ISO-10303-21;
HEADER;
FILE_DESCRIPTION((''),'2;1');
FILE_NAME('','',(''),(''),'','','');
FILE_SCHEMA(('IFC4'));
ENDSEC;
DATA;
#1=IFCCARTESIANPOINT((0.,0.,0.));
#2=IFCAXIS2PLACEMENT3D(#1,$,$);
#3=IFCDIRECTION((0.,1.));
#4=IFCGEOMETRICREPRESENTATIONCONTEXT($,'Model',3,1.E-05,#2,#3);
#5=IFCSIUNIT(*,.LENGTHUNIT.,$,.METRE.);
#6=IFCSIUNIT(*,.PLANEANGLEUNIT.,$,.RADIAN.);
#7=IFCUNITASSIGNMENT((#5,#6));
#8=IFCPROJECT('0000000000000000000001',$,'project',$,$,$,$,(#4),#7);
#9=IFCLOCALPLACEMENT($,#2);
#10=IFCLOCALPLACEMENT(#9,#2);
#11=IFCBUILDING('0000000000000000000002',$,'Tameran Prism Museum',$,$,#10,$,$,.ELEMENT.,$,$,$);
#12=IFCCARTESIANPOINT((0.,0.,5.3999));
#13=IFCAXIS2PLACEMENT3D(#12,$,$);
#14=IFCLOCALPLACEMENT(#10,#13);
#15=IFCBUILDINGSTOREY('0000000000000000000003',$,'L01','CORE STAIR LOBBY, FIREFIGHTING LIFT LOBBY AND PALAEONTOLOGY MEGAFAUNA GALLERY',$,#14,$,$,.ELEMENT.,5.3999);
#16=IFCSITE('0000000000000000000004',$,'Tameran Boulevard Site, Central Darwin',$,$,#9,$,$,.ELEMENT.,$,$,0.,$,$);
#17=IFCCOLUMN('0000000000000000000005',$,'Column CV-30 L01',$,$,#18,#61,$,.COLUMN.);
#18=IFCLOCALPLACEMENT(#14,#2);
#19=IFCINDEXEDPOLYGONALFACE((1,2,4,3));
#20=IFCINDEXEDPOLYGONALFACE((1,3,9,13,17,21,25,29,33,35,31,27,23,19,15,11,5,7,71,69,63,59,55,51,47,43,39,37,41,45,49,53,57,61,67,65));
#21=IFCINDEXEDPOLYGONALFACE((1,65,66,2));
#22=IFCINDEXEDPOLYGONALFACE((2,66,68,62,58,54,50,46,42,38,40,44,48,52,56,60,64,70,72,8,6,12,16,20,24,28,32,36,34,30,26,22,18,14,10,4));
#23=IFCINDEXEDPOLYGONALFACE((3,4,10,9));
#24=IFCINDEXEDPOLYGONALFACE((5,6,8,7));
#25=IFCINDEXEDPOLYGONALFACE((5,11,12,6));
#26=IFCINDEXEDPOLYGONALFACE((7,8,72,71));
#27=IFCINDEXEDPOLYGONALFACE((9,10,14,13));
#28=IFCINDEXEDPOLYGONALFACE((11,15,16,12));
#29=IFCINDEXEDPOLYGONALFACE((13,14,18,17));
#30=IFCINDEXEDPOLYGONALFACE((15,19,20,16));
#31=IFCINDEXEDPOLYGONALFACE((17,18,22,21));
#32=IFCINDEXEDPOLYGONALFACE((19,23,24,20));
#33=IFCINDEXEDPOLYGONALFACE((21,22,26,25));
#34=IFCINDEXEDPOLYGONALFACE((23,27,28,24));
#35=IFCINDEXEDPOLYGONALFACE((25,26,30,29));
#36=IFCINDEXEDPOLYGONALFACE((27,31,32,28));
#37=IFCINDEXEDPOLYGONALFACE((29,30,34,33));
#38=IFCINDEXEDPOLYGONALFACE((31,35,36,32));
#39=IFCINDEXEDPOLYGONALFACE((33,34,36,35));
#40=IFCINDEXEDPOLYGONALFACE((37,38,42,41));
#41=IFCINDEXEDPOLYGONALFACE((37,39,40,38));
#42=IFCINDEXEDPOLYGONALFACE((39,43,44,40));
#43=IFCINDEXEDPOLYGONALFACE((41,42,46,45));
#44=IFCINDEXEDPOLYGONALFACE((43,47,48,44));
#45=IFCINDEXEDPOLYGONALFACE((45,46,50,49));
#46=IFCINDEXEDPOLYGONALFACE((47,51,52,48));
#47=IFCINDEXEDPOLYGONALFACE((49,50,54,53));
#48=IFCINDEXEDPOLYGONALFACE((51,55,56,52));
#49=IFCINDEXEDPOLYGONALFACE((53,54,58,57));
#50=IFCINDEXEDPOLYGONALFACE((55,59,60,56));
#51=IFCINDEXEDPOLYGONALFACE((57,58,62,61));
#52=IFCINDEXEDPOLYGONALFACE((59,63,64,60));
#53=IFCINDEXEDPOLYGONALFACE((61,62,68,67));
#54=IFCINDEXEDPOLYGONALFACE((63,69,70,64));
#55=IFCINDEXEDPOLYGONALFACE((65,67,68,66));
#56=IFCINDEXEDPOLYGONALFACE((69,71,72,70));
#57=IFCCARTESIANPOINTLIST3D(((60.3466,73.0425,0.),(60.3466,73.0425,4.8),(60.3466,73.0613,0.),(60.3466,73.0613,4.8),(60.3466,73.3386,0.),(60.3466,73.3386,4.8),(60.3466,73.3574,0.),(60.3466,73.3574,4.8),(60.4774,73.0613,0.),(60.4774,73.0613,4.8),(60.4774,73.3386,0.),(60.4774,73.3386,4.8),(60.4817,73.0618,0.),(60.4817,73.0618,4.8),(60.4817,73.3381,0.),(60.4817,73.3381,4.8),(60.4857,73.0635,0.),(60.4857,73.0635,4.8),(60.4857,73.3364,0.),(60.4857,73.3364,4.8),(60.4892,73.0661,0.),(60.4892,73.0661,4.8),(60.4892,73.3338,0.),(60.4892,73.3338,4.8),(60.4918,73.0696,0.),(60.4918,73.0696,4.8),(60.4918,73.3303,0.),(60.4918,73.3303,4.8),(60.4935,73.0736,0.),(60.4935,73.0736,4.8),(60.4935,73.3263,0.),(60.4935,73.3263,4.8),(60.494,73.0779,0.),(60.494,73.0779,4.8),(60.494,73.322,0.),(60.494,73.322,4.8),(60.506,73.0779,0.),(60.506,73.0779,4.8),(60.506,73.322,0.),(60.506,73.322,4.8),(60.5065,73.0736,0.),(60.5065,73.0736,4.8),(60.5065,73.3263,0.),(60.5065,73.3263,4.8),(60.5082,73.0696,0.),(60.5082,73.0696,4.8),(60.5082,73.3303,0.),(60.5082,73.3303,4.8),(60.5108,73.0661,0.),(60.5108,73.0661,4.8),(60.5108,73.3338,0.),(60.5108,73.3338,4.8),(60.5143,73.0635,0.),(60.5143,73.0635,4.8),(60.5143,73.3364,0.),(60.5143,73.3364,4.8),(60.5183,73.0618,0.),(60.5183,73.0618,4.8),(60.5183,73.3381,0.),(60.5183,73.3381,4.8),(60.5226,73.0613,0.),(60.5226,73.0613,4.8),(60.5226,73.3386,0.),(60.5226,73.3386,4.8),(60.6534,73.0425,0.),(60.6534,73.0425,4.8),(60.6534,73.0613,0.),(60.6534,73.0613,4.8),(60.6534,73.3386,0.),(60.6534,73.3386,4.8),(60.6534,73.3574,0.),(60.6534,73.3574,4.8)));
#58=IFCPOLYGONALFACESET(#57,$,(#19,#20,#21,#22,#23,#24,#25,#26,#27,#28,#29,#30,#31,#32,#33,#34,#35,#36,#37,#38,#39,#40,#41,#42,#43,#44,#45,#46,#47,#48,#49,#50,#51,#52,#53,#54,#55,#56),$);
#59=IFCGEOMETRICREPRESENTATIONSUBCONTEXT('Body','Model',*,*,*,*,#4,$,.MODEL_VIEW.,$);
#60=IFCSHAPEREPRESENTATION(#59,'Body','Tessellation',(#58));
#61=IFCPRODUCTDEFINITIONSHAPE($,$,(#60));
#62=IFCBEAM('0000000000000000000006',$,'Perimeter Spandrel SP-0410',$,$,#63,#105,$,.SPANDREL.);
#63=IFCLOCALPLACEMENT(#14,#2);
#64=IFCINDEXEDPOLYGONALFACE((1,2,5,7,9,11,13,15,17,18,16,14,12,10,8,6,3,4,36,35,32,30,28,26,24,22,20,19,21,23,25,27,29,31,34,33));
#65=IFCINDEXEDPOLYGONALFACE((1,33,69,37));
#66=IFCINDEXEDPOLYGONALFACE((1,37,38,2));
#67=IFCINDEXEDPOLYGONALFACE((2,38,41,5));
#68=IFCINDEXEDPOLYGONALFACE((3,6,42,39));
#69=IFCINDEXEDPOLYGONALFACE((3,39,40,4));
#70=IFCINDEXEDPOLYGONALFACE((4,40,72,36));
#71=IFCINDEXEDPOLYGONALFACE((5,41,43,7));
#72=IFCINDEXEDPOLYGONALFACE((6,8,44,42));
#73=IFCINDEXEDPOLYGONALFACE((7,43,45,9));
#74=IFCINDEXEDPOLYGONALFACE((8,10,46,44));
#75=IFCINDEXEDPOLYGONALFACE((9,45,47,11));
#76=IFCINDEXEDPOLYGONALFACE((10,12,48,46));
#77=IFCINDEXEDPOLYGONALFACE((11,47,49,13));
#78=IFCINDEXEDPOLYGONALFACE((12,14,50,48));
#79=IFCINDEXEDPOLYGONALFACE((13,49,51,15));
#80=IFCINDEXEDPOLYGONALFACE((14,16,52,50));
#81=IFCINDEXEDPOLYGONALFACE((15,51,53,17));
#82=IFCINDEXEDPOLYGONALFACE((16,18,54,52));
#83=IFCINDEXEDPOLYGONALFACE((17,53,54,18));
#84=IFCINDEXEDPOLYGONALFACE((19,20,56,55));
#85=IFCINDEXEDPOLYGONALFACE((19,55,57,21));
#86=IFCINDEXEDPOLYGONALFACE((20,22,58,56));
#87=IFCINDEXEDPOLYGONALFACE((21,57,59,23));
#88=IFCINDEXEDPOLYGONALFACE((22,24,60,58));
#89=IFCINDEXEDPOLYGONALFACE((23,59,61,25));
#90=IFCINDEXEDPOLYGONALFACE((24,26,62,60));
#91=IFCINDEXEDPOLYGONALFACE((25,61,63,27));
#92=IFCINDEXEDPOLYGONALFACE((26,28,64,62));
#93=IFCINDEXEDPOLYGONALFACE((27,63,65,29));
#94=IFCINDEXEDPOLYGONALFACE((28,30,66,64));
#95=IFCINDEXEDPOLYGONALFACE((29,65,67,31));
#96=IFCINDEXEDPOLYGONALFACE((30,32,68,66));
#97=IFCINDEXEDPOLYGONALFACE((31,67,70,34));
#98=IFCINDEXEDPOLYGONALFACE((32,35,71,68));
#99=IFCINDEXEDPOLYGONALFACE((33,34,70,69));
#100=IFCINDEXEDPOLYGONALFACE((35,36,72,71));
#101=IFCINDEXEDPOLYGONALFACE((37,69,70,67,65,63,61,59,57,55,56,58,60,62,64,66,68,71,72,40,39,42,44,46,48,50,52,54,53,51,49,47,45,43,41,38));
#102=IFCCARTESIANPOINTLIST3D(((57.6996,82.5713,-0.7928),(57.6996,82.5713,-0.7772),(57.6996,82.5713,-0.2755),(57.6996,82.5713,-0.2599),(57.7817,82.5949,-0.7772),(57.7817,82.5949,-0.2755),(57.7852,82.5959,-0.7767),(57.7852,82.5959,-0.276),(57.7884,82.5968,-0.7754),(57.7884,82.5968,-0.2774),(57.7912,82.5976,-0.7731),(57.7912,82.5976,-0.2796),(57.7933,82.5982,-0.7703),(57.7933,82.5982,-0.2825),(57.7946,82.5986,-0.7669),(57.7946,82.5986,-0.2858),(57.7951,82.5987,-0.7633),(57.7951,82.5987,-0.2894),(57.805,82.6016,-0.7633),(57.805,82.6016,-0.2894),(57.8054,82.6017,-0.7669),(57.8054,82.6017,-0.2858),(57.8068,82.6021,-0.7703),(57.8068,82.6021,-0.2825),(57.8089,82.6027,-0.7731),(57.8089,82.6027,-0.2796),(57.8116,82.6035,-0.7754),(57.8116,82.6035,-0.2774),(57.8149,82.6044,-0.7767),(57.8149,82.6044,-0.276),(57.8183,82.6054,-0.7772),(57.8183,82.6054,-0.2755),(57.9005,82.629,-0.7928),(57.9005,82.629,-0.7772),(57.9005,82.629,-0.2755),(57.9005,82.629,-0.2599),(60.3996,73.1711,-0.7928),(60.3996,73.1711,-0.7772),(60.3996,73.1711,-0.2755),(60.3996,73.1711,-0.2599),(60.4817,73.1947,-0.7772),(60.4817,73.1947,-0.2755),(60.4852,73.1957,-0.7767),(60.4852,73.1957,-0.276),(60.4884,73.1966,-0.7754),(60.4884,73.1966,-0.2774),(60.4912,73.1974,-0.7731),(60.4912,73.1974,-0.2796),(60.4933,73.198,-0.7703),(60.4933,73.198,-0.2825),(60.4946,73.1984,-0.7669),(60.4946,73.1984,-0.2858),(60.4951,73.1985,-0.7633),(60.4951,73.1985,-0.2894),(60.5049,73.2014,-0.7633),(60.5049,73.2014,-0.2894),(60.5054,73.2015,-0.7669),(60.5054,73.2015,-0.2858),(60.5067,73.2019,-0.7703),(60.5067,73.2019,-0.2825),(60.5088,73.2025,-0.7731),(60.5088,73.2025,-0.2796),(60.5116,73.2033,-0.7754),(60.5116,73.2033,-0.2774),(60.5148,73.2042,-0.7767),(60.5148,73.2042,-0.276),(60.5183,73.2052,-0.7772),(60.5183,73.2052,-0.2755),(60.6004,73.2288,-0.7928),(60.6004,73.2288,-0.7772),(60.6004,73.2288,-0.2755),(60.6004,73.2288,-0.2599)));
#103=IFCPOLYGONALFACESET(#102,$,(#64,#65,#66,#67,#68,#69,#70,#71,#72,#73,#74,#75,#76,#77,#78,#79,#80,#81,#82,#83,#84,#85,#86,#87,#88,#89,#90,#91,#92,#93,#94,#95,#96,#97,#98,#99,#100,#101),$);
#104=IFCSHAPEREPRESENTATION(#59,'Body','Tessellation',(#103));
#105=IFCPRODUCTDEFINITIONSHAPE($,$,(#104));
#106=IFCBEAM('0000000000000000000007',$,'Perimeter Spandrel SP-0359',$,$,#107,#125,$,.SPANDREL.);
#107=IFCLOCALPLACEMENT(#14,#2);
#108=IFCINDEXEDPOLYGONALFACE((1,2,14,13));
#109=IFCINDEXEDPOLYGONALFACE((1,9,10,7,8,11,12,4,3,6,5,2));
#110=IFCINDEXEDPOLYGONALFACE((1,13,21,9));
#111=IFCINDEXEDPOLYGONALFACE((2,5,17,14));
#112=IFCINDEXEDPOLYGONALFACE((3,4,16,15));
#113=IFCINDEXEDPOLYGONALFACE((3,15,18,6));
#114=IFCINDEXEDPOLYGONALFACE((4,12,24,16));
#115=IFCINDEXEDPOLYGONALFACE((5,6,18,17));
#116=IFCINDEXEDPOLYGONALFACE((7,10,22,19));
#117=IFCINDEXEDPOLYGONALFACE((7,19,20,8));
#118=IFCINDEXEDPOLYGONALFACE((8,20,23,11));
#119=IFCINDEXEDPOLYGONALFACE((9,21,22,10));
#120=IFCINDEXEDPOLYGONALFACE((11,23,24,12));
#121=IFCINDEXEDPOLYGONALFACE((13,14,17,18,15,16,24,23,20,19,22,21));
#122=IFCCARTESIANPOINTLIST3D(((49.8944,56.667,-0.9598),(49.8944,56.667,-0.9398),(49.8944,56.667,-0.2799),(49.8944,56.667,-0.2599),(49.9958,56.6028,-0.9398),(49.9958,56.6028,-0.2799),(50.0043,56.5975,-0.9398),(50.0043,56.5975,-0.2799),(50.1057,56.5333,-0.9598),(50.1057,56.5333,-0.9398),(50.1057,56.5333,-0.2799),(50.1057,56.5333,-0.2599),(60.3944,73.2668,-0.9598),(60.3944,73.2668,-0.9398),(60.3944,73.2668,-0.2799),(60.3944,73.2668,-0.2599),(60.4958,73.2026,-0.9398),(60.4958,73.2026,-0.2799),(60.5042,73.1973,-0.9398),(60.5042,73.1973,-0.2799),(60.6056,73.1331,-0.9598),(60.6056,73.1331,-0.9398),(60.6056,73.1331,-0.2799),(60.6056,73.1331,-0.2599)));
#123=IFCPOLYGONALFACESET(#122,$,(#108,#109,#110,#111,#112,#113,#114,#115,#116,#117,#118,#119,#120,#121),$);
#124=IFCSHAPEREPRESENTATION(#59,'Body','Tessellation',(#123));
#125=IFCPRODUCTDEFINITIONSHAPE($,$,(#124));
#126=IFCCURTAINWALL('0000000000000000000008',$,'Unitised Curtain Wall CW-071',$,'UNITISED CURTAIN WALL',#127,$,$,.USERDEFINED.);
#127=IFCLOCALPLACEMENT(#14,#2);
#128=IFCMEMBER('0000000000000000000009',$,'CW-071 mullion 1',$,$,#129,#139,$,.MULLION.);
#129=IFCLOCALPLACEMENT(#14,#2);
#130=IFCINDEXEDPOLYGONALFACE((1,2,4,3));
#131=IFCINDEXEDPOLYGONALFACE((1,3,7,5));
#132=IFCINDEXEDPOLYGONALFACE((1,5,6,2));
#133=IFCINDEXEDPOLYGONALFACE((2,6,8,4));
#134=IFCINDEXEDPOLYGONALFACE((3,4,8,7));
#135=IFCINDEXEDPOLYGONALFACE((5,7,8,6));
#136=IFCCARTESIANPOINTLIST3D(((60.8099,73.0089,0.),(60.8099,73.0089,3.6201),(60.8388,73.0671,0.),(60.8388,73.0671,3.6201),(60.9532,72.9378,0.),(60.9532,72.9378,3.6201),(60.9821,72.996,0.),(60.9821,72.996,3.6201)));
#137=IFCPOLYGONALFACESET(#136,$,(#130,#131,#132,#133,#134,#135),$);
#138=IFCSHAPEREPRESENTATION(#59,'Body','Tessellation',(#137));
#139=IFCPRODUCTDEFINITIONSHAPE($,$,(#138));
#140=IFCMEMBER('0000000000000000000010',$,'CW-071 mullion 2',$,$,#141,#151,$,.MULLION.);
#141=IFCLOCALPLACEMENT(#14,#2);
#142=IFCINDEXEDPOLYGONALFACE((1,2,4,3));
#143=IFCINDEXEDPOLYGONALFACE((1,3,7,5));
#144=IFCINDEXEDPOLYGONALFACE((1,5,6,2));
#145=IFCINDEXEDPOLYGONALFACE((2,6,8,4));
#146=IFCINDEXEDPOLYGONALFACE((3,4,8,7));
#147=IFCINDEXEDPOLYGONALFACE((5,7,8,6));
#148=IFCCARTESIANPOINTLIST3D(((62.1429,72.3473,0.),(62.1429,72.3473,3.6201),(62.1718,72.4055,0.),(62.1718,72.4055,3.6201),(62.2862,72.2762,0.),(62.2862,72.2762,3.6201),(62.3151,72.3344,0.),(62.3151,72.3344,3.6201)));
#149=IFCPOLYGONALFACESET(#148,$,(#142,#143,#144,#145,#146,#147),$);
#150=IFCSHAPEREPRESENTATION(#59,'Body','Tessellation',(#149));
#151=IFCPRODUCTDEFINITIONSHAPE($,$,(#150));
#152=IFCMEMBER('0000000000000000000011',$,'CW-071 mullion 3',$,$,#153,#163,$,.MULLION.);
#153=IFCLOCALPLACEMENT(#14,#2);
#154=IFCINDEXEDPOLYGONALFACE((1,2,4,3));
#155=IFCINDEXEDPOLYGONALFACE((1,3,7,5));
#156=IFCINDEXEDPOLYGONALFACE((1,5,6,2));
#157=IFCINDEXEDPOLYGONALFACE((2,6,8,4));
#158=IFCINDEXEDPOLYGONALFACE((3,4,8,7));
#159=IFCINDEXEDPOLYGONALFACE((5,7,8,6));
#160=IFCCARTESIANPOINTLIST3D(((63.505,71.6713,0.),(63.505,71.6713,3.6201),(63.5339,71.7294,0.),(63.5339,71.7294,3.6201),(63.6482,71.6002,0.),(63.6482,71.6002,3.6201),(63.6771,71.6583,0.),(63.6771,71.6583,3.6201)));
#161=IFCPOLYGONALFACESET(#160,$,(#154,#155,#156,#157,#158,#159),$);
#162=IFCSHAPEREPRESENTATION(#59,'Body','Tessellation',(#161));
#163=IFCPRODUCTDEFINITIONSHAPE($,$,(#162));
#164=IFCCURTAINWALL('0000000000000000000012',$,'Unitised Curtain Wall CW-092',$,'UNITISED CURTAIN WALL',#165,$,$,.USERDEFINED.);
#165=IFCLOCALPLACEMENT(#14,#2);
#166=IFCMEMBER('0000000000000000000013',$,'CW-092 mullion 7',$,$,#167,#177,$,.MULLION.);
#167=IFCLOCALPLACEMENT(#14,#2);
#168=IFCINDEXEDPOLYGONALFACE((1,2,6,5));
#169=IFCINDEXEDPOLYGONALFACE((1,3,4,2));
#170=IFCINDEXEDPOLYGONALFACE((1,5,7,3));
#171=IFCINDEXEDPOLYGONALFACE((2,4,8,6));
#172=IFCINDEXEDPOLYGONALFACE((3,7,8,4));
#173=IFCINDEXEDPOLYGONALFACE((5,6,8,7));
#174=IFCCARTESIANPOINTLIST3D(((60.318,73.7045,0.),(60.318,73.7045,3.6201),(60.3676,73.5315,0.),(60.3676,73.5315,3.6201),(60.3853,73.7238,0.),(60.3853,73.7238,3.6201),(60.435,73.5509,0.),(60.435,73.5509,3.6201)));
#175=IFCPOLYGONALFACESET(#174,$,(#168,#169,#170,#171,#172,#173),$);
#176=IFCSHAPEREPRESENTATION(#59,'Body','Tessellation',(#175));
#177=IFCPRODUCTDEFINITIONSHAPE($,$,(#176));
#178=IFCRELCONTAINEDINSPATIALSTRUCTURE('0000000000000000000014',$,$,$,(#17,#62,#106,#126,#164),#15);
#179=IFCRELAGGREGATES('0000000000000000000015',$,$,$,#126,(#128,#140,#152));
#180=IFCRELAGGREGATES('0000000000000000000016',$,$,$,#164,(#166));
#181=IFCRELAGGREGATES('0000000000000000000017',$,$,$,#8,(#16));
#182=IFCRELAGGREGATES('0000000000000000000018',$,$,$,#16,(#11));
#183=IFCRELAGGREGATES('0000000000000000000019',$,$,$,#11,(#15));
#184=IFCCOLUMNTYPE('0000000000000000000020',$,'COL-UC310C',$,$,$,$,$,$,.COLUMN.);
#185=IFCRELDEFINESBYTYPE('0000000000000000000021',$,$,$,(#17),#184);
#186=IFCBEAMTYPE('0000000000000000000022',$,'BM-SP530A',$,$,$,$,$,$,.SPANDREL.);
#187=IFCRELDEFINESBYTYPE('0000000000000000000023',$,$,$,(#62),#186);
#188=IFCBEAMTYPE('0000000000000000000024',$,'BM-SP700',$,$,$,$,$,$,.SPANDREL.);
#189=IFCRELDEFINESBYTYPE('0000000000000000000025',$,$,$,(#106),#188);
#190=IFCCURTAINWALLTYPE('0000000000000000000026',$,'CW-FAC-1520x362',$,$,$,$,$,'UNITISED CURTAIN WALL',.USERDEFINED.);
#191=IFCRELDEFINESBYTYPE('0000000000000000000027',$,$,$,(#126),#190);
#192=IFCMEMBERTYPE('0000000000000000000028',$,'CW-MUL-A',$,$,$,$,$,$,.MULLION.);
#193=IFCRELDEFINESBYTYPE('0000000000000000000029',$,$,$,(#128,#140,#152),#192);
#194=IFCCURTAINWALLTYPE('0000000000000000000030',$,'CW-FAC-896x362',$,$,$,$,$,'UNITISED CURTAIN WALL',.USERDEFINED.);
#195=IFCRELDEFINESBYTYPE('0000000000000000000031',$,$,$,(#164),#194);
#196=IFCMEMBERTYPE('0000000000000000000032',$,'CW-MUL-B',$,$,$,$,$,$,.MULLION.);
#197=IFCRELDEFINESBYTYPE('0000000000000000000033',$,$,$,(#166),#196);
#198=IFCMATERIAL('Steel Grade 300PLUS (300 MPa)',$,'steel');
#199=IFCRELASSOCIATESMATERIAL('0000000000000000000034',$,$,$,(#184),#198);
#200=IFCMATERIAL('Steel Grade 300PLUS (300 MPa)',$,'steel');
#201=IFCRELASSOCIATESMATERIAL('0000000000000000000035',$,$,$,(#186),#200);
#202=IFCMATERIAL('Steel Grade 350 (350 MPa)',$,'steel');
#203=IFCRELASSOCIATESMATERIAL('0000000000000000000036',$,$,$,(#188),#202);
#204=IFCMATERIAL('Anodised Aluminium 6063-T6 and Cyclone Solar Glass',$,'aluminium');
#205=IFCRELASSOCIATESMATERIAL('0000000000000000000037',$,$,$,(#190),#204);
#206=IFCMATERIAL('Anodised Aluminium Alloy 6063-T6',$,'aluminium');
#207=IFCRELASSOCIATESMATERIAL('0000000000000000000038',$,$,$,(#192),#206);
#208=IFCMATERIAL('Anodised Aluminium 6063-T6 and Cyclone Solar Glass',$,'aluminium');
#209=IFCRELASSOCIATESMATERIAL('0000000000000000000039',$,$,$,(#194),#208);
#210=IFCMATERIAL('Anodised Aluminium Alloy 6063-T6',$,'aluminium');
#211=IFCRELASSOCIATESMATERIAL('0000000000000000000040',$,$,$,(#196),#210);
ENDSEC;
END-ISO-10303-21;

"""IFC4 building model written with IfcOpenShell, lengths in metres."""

from ifc_helpers import new_model, si_unit, direction, frame, origin, origin_2d, place, context, subcontext, project, spatial, rectangle, i_section, extrude, material, material_profile, profile_set, type_object, element, aggregate, save


model = new_model("IFC4")

# Units and contexts
model_context = context("Model", 3, precision=1e-05, world=origin(), true_north=direction((0.0, 1.0)))
body_context = subcontext(model_context, "Body", "Model", "MODEL_VIEW")
ifc_project = project(units=[si_unit("LENGTHUNIT", "METRE"), si_unit("PLANEANGLEUNIT", "RADIAN")], contexts=[model_context])

# Site, building, storey
site_placement = place(None, origin())
site = spatial("IfcSite", under=ifc_project, at=site_placement, Name="Tameran Boulevard Site, Central Darwin", CompositionType="ELEMENT", RefElevation=0.0)
building_placement = place(site_placement, origin())
building = spatial("IfcBuilding", under=site, at=building_placement, Name="Tameran Prism Museum", CompositionType="ELEMENT")
storey_placement = place(building_placement, frame((0.0, 0.0, 5.3999)))
storey = spatial("IfcBuildingStorey", under=building, at=storey_placement, Name="L01", Description="CORE STAIR LOBBY, FIREFIGHTING LIFT LOBBY AND PALAEONTOLOGY MEGAFAUNA GALLERY", CompositionType="ELEMENT", Elevation=5.3999)

# Column
ifc_material_1 = material(Name="Steel Grade 300PLUS (300 MPa)", Category="steel")
ifc_material_profile_1 = material_profile(ifc_material_1, i_section(OverallWidth=0.3069, OverallDepth=0.3149, WebThickness=0.012, FlangeThickness=0.0188, FilletRadius=0.0166, at=origin_2d()))
ifc_profile_set_1 = profile_set([ifc_material_profile_1])
column_type = type_object("IfcColumnType", Name="COL-UC310C", PredefinedType="COLUMN", material=ifc_profile_set_1)
column_placement = place(storey_placement, frame((60.5, 73.2, 0.0), z_axis=(0.0, 0.0, 1.0), x_axis=(1.0, 0.0, 0.0)))
element("IfcColumn", 1, at=column_placement, inside=storey, type_object=column_type, Name="Column CV-30 L01", PredefinedType="COLUMN", context=body_context, shape_type="SweptSolid", body=[
    extrude(i_section(OverallWidth=0.3069, OverallDepth=0.3149, WebThickness=0.012, FlangeThickness=0.0188, FilletRadius=0.0166, at=origin_2d()), origin(), (0.0, 0.0, 1.0), 4.8),
])

# Beams
ifc_material_2 = material(Name="Steel Grade 300PLUS (300 MPa)", Category="steel")
ifc_material_profile_2 = material_profile(ifc_material_2, i_section(OverallWidth=0.209, OverallDepth=0.533, WebThickness=0.0103, FlangeThickness=0.0156, FilletRadius=0.0139, at=origin_2d()))
ifc_profile_set_2 = profile_set([ifc_material_profile_2])
beam_type_1 = type_object("IfcBeamType", Name="BM-SP530A", PredefinedType="SPANDREL", material=ifc_profile_set_2)
beam_1_placement = place(storey_placement, frame((60.5, 73.2, -0.5264), z_axis=(-0.276063, 0.96114, 0.0), x_axis=(-0.96114, -0.276063, 0.0)))
element("IfcBeam", 2, at=beam_1_placement, inside=storey, type_object=beam_type_1, Name="Perimeter Spandrel SP-0410", PredefinedType="SPANDREL", context=body_context, shape_type="SweptSolid", body=[
    extrude(i_section(OverallWidth=0.209, OverallDepth=0.533, WebThickness=0.0103, FlangeThickness=0.0156, FilletRadius=0.0139, at=origin_2d()), origin(), (0.0, 0.0, 1.0), 9.7803),
])
ifc_material_3 = material(Name="Steel Grade 350 (350 MPa)", Category="steel")
ifc_material_profile_3 = material_profile(ifc_material_3, i_section(OverallWidth=0.25, OverallDepth=0.7, WebThickness=0.01, FlangeThickness=0.02, at=origin_2d()))
ifc_profile_set_3 = profile_set([ifc_material_profile_3])
beam_type_2 = type_object("IfcBeamType", Name="BM-SP700", PredefinedType="SPANDREL", material=ifc_profile_set_3)
beam_2_placement = place(storey_placement, frame((60.5, 73.2, -0.6099), z_axis=(-0.534571, -0.845124, 0.0), x_axis=(0.845124, -0.534571, 0.0)))
element("IfcBeam", 3, at=beam_2_placement, inside=storey, type_object=beam_type_2, Name="Perimeter Spandrel SP-0359", PredefinedType="SPANDREL", context=body_context, shape_type="SweptSolid", body=[
    extrude(i_section(OverallWidth=0.25, OverallDepth=0.7, WebThickness=0.01, FlangeThickness=0.02, at=origin_2d()), origin(), (0.0, 0.0, 1.0), 19.6418),
])

# Curtain wall, members
ifc_material_4 = material(Name="Anodised Aluminium 6063-T6 and Cyclone Solar Glass", Category="aluminium")
curtain_wall_type_1 = type_object("IfcCurtainWallType", Name="CW-FAC-1520x362", ElementType="UNITISED CURTAIN WALL", PredefinedType="USERDEFINED", material=ifc_material_4)
curtain_wall_1_placement = place(storey_placement, origin())
curtain_wall_1 = element("IfcCurtainWall", 4, at=curtain_wall_1_placement, inside=storey, type_object=curtain_wall_type_1, Name="Unitised Curtain Wall CW-071", ObjectType="UNITISED CURTAIN WALL", PredefinedType="USERDEFINED")
ifc_material_5 = material(Name="Anodised Aluminium Alloy 6063-T6", Category="aluminium")
ifc_material_profile_4 = material_profile(ifc_material_5, rectangle(XDim=0.0649, YDim=0.1599, at=origin_2d()))
ifc_profile_set_4 = profile_set([ifc_material_profile_4])
member_type_1 = type_object("IfcMemberType", Name="CW-MUL-A", PredefinedType="MULLION", material=ifc_profile_set_4)
member_1_placement = place(storey_placement, frame((60.896, 73.0024, 0.0), z_axis=(0.0, 0.0, 1.0), x_axis=(0.444634, 0.895712, 0.0)))
member_1 = element("IfcMember", 5, at=member_1_placement, type_object=member_type_1, Name="CW-071 mullion 1", PredefinedType="MULLION", context=body_context, shape_type="SweptSolid", body=[
    extrude(rectangle(XDim=0.0649, YDim=0.1599, at=origin_2d()), origin(), (0.0, 0.0, 1.0), 3.6201),
])
member_2_placement = place(storey_placement, frame((62.229, 72.3408, 0.0), z_axis=(0.0, 0.0, 1.0), x_axis=(0.444634, 0.895712, 0.0)))
member_2 = element("IfcMember", 6, at=member_2_placement, type_object=member_type_1, Name="CW-071 mullion 2", PredefinedType="MULLION", context=body_context, shape_type="SweptSolid", body=[
    extrude(rectangle(XDim=0.0649, YDim=0.1599, at=origin_2d()), origin(), (0.0, 0.0, 1.0), 3.6201),
])
member_3_placement = place(storey_placement, frame((63.5911, 71.6648, 0.0), z_axis=(0.0, 0.0, 1.0), x_axis=(0.444634, 0.895712, 0.0)))
member_3 = element("IfcMember", 7, at=member_3_placement, type_object=member_type_1, Name="CW-071 mullion 3", PredefinedType="MULLION", context=body_context, shape_type="SweptSolid", body=[
    extrude(rectangle(XDim=0.0649, YDim=0.1599, at=origin_2d()), origin(), (0.0, 0.0, 1.0), 3.6201),
])

# Curtain wall, member
ifc_material_6 = material(Name="Anodised Aluminium 6063-T6 and Cyclone Solar Glass", Category="aluminium")
curtain_wall_type_2 = type_object("IfcCurtainWallType", Name="CW-FAC-896x362", ElementType="UNITISED CURTAIN WALL", PredefinedType="USERDEFINED", material=ifc_material_6)
curtain_wall_2_placement = place(storey_placement, origin())
curtain_wall_2 = element("IfcCurtainWall", 8, at=curtain_wall_2_placement, inside=storey, type_object=curtain_wall_type_2, Name="Unitised Curtain Wall CW-092", ObjectType="UNITISED CURTAIN WALL", PredefinedType="USERDEFINED")
ifc_material_7 = material(Name="Anodised Aluminium Alloy 6063-T6", Category="aluminium")
ifc_material_profile_5 = material_profile(ifc_material_7, rectangle(XDim=0.0701, YDim=0.1799, at=origin_2d()))
ifc_profile_set_5 = profile_set([ifc_material_profile_5])
member_type_2 = type_object("IfcMemberType", Name="CW-MUL-B", PredefinedType="MULLION", material=ifc_profile_set_5)
member_4_placement = place(storey_placement, frame((60.3765, 73.6277, 0.0), z_axis=(0.0, 0.0, 1.0), x_axis=(0.961186, 0.2759, 0.0)))
member_4 = element("IfcMember", 9, at=member_4_placement, type_object=member_type_2, Name="CW-092 mullion 7", PredefinedType="MULLION", context=body_context, shape_type="SweptSolid", body=[
    extrude(rectangle(XDim=0.0701, YDim=0.1799, at=origin_2d()), origin(), (0.0, 0.0, 1.0), 3.6201),
])

aggregate(curtain_wall_1, [member_1, member_2, member_3])
aggregate(curtain_wall_2, [member_4])

save(model, "model.ifc")
